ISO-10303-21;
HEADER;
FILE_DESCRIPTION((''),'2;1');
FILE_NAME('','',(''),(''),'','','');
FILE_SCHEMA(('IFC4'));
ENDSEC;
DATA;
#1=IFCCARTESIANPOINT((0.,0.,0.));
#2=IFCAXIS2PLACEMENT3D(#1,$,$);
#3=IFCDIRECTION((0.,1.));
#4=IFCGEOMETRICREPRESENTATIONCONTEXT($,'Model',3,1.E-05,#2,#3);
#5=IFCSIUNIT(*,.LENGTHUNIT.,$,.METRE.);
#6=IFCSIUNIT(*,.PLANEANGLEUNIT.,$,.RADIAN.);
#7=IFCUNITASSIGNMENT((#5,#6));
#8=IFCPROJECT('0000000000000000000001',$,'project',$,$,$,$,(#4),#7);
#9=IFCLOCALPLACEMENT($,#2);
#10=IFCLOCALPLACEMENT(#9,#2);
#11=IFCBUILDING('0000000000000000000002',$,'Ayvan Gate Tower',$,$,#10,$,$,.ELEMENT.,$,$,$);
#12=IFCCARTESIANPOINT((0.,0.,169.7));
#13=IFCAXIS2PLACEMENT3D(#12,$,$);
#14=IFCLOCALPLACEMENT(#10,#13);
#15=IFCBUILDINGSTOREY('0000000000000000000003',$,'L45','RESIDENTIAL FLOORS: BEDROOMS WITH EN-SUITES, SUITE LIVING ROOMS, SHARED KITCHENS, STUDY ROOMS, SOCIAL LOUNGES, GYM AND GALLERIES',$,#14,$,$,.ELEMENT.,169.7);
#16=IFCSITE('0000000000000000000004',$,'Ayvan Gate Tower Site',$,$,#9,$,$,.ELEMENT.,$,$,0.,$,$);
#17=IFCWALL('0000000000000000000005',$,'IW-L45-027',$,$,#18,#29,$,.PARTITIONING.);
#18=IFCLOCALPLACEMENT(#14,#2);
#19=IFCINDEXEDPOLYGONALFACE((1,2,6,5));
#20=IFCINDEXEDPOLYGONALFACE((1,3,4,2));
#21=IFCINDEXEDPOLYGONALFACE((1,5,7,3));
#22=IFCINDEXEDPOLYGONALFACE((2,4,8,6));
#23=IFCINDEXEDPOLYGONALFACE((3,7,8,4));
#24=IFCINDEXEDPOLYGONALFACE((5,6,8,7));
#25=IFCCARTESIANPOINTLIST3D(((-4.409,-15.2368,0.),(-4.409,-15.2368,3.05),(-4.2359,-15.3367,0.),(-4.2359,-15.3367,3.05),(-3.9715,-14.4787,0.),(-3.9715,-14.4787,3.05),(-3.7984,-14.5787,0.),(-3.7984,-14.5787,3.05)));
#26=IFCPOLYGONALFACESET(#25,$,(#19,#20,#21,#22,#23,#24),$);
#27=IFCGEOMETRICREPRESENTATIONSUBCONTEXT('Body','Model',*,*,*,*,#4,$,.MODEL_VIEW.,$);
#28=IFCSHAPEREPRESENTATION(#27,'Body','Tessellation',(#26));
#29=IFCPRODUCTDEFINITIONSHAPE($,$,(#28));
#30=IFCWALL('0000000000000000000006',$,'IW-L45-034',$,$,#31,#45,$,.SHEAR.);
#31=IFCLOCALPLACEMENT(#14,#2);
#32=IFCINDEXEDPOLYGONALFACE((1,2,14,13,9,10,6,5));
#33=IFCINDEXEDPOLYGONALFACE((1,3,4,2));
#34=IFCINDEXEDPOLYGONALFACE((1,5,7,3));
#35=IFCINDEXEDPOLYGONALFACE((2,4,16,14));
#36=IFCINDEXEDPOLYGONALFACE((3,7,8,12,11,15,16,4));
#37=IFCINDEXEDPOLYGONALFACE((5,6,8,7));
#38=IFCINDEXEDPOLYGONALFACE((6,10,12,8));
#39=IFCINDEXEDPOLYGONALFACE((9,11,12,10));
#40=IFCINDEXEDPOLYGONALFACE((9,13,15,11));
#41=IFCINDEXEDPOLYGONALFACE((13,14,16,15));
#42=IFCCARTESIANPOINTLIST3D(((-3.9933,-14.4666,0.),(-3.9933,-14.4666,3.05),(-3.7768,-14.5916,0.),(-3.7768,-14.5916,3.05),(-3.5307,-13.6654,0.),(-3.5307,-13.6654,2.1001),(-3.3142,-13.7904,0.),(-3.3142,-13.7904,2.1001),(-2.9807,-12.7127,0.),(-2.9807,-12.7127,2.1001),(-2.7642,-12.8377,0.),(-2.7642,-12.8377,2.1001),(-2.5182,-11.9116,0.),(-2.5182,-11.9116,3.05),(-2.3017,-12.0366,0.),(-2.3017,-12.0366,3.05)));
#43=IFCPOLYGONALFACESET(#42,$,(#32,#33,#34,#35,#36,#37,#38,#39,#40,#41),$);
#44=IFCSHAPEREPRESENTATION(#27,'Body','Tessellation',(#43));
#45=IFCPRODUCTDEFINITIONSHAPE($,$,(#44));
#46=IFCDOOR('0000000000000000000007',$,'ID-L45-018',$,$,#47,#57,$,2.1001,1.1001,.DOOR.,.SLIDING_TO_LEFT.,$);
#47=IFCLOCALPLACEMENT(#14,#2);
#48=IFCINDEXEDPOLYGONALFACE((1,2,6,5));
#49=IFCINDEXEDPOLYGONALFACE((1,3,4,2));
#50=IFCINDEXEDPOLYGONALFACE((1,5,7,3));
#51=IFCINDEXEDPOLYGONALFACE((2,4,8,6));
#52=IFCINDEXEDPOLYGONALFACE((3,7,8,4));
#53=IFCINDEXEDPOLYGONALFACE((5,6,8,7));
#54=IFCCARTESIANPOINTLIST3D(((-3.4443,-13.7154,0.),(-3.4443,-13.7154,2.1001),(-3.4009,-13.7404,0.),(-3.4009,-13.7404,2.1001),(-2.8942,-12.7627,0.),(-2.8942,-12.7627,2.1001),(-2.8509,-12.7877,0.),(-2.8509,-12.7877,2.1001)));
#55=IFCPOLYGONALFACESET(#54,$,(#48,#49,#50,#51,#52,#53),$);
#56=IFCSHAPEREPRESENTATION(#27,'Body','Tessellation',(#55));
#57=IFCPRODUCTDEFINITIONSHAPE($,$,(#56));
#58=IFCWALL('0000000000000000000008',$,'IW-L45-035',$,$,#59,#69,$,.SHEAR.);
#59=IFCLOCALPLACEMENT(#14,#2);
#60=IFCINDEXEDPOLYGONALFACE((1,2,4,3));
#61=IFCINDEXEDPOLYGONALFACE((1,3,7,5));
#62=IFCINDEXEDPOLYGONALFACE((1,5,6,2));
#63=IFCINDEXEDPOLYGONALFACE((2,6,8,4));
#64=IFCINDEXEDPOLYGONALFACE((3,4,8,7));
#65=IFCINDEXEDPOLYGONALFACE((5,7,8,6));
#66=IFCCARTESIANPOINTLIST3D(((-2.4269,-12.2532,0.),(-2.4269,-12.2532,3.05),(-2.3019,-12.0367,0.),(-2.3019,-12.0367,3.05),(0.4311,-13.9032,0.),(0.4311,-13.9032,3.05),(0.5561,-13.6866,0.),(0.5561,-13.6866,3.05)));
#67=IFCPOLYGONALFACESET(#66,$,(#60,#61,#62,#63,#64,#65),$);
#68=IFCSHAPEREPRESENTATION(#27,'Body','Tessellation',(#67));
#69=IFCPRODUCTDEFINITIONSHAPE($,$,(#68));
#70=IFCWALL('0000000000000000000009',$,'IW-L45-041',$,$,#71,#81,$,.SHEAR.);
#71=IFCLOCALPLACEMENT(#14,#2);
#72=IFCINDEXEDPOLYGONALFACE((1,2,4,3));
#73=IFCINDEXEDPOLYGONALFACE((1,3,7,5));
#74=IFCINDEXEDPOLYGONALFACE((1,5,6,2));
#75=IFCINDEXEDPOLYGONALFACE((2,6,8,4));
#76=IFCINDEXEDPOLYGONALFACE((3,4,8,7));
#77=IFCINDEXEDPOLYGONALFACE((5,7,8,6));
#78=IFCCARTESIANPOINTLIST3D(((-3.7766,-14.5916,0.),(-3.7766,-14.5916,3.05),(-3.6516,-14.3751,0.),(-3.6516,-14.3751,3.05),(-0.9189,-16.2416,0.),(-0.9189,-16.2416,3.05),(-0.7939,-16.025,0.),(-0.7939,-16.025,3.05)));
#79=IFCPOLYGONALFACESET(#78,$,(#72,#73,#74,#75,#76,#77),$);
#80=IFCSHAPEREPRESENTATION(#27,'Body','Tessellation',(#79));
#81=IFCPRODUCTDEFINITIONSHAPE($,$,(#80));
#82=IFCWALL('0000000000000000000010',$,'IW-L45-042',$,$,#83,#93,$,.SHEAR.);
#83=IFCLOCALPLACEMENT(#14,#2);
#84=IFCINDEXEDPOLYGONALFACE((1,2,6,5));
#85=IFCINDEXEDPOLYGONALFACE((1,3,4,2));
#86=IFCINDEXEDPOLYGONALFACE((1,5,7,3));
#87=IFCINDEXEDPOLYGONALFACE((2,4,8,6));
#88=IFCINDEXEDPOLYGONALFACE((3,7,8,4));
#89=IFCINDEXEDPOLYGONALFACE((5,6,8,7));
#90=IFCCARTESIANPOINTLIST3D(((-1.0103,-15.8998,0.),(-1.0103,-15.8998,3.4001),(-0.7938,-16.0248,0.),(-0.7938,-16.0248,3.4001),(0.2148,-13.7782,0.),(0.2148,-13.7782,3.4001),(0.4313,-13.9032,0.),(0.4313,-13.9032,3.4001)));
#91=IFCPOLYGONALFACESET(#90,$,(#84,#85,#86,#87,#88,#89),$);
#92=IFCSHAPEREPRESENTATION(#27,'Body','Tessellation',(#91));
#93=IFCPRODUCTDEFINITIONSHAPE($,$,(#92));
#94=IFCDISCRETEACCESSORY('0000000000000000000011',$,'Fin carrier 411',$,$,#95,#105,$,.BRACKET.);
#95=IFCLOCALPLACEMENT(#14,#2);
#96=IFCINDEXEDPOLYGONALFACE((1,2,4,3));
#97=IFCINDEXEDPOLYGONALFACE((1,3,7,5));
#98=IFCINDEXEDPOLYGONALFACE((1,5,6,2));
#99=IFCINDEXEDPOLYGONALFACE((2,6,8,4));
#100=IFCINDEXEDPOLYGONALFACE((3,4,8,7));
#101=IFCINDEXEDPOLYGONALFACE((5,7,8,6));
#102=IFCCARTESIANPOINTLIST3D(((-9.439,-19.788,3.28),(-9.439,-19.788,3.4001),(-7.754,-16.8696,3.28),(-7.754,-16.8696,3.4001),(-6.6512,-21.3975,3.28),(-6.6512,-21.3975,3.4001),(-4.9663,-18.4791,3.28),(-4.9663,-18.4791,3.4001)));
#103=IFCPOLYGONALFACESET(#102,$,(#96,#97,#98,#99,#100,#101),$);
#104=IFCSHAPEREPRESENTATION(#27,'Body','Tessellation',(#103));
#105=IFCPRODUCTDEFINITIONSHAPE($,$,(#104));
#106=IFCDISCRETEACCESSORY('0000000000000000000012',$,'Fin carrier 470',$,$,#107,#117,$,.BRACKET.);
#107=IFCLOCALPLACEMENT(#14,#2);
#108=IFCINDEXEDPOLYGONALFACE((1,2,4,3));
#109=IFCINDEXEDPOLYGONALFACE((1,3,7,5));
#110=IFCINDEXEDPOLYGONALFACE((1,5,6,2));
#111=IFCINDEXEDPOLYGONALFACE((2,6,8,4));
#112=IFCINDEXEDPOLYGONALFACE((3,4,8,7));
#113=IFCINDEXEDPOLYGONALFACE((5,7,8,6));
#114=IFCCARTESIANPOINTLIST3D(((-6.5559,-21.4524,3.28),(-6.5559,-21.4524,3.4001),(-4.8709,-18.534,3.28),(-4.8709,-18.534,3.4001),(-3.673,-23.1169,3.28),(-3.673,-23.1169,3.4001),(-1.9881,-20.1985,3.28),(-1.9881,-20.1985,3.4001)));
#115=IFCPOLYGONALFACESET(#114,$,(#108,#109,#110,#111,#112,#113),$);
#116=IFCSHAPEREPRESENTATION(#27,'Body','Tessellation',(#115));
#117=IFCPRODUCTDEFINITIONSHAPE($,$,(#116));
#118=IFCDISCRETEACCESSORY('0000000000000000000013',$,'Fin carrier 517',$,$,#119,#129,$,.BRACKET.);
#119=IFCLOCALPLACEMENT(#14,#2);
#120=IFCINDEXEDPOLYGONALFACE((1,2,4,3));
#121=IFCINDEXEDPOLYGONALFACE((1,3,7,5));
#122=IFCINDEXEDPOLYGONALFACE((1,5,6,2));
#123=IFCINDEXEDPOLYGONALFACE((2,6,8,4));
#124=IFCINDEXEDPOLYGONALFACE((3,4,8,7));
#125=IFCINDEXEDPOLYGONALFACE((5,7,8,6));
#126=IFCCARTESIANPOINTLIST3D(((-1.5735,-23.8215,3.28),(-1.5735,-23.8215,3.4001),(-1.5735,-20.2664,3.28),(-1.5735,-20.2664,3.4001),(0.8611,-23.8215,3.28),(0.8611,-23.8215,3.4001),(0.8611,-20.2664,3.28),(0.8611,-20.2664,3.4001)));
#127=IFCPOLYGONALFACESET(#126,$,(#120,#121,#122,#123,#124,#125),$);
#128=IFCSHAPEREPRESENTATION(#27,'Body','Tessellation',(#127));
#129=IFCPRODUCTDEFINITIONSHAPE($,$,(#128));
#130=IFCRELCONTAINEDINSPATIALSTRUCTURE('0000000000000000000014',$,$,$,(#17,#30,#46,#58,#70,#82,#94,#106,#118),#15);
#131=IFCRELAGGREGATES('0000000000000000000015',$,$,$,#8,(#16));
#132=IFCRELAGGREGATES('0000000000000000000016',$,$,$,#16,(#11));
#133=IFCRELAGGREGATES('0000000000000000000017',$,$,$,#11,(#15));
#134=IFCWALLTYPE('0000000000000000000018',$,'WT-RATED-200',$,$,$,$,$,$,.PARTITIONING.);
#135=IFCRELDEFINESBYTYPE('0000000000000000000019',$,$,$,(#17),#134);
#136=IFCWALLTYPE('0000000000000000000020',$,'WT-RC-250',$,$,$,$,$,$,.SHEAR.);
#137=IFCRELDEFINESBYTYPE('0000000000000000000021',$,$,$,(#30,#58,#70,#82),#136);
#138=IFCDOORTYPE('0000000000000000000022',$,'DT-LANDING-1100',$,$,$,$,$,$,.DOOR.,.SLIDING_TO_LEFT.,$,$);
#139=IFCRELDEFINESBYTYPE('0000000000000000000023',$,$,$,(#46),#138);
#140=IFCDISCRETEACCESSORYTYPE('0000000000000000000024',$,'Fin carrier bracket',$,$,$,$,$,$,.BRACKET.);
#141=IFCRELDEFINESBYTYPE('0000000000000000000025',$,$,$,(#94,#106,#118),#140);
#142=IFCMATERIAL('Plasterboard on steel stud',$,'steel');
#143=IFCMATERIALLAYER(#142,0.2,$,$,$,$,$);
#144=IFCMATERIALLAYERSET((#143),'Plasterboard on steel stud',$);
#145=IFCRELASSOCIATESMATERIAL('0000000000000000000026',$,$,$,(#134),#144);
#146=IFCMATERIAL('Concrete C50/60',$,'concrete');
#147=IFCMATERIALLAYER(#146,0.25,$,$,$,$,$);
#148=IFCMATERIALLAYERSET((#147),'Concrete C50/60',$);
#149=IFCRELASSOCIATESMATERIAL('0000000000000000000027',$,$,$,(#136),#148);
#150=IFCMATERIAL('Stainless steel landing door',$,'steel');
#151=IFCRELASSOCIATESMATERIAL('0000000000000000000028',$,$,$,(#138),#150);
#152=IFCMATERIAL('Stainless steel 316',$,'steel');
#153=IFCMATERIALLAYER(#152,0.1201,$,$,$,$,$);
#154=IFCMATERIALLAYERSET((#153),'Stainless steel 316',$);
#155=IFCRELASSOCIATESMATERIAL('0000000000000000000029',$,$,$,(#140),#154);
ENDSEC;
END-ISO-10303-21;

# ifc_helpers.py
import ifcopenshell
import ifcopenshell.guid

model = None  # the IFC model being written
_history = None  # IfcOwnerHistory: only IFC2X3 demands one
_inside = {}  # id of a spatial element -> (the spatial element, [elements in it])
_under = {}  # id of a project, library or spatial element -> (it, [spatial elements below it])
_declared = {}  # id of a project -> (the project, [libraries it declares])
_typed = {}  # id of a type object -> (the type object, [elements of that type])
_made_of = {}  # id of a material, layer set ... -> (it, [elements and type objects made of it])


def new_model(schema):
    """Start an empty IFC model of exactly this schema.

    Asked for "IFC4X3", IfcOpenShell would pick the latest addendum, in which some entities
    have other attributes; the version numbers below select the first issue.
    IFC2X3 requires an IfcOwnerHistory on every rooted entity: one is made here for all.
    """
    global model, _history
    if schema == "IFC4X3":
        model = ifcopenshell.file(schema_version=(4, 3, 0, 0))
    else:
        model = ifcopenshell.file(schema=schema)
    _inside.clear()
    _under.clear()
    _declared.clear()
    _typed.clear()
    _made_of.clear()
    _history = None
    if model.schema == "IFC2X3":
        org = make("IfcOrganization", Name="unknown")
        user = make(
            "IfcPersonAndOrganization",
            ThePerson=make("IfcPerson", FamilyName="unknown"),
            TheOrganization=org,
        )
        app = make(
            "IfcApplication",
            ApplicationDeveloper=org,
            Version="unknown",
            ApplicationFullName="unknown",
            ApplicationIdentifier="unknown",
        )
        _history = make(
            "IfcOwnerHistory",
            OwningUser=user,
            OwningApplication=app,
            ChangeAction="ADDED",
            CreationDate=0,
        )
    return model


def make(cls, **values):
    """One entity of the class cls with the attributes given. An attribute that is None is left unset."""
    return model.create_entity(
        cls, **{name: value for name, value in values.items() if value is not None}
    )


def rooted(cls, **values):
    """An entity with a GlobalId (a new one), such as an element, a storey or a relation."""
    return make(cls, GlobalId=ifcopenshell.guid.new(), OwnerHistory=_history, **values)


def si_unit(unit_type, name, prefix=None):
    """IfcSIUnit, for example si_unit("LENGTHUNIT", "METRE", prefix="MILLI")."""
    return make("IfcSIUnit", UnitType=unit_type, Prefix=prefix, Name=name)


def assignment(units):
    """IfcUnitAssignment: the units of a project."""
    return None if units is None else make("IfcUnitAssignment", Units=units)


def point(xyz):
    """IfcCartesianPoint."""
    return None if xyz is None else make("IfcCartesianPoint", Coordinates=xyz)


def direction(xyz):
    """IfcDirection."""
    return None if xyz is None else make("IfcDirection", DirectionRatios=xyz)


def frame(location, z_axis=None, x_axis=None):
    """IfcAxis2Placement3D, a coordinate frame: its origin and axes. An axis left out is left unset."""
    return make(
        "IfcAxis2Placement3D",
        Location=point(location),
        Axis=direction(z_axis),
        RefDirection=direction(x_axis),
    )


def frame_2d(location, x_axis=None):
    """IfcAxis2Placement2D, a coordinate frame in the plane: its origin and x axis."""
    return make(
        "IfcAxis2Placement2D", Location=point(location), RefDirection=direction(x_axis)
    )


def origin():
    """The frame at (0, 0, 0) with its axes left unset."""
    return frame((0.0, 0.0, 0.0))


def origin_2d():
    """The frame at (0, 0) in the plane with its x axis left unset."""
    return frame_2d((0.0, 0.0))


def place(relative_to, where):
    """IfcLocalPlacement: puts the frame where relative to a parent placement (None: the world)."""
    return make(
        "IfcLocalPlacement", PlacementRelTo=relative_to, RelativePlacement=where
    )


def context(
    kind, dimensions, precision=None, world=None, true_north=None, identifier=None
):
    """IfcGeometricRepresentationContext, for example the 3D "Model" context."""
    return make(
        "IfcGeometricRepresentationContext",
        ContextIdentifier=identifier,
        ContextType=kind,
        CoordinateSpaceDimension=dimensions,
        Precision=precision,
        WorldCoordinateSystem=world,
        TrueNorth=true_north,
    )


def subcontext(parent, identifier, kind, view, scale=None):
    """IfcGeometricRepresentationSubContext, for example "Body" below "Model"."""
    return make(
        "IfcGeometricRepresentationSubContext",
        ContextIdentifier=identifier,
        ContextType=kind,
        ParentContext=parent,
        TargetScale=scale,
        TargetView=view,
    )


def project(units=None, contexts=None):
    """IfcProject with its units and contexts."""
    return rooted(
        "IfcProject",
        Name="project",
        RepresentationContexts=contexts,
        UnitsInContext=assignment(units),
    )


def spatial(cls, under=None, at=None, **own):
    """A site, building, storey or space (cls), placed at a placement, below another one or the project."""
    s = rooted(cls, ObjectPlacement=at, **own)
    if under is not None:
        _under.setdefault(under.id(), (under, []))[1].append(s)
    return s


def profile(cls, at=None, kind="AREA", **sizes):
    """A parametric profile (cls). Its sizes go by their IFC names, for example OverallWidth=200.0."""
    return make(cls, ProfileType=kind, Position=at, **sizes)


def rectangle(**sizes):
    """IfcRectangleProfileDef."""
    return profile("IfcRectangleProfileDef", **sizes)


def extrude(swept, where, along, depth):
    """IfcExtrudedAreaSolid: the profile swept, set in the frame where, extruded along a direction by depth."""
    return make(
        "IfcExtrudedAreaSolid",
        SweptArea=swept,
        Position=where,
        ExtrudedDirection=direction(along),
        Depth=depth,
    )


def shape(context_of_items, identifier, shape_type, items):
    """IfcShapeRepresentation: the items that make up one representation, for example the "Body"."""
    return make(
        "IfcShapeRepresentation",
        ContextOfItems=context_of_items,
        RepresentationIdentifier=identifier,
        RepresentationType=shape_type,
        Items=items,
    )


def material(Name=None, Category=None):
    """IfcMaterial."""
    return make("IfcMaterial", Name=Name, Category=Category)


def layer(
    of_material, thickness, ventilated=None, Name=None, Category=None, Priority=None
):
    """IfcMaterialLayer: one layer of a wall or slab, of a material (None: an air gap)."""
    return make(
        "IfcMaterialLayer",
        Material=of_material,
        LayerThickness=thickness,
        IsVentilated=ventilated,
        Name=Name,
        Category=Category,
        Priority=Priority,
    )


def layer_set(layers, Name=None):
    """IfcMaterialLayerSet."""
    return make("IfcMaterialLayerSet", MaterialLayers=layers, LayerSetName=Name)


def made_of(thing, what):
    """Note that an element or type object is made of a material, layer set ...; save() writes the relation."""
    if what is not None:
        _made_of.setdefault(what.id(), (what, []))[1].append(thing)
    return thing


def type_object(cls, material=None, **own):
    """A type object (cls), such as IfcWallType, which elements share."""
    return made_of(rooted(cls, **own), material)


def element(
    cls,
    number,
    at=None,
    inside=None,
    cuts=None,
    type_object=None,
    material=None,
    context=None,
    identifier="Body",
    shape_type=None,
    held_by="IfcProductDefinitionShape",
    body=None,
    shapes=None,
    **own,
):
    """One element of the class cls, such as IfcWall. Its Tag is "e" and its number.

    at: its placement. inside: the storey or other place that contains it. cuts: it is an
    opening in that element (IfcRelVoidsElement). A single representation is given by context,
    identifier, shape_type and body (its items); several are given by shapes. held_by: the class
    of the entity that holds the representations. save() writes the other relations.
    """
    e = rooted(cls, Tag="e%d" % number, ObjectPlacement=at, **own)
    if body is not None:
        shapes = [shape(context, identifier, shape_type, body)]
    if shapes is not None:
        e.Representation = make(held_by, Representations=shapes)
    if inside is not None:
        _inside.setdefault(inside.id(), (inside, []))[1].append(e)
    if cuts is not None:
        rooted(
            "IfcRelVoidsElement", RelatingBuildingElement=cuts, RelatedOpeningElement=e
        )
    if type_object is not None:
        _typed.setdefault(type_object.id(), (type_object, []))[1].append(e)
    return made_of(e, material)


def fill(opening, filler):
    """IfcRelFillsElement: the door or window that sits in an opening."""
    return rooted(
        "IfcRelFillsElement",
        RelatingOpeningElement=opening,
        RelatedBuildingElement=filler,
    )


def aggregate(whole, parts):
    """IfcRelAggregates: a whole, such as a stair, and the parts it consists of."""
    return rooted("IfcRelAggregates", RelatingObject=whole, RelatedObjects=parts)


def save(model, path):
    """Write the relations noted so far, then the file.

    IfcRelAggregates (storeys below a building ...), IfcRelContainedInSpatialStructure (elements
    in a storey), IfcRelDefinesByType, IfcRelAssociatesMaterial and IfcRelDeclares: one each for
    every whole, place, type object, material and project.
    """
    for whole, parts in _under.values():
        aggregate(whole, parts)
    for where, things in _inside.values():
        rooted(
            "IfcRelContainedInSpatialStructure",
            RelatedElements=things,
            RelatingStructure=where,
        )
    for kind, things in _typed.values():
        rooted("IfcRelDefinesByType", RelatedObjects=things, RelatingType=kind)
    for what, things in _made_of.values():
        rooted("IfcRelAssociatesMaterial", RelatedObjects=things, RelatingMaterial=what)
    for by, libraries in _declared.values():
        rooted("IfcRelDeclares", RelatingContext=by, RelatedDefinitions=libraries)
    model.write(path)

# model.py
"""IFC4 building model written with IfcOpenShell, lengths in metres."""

from ifc_helpers import new_model, si_unit, direction, frame, frame_2d, origin, origin_2d, place, context, subcontext, project, spatial, rectangle, extrude, material, layer, layer_set, type_object, element, fill, save


model = new_model("IFC4")

# Units and contexts
model_context = context("Model", 3, precision=1e-05, world=origin(), true_north=direction((0.0, 1.0)))
body_context = subcontext(model_context, "Body", "Model", "MODEL_VIEW")
ifc_project = project(units=[si_unit("LENGTHUNIT", "METRE"), si_unit("PLANEANGLEUNIT", "RADIAN")], contexts=[model_context])

# Site, building, storey
site_placement = place(None, origin())
site = spatial("IfcSite", under=ifc_project, at=site_placement, Name="Ayvan Gate Tower Site", CompositionType="ELEMENT", RefElevation=0.0)
building_placement = place(site_placement, origin())
building = spatial("IfcBuilding", under=site, at=building_placement, Name="Ayvan Gate Tower", CompositionType="ELEMENT")
storey_placement = place(building_placement, frame((0.0, 0.0, 169.7)))
storey = spatial("IfcBuildingStorey", under=building, at=storey_placement, Name="L45", Description="RESIDENTIAL FLOORS: BEDROOMS WITH EN-SUITES, SUITE LIVING ROOMS, SHARED KITCHENS, STUDY ROOMS, SOCIAL LOUNGES, GYM AND GALLERIES", CompositionType="ELEMENT", Elevation=169.7)

# Wall
ifc_material_1 = material(Name="Plasterboard on steel stud", Category="steel")
ifc_layer_1 = layer(ifc_material_1, 0.2)
ifc_layer_set_1 = layer_set([ifc_layer_1], Name="Plasterboard on steel stud")
wall_type_1 = type_object("IfcWallType", Name="WT-RATED-200", PredefinedType="PARTITIONING", material=ifc_layer_set_1)
wall_1_placement = place(storey_placement, frame((-3.885, -14.5288, 0.0), z_axis=(0.0, 0.0, 1.0), x_axis=(-0.499859, -0.866107, 0.0)))
element("IfcWall", 1, at=wall_1_placement, inside=storey, type_object=wall_type_1, Name="IW-L45-027", PredefinedType="PARTITIONING", context=body_context, shape_type="SweptSolid", body=[
    extrude(rectangle(XDim=0.8752, YDim=0.2, at=frame_2d((0.4375, 0.0))), origin(), (0.0, 0.0, 1.0), 3.05),
])

# Wall, opening, door
ifc_material_2 = material(Name="Concrete C50/60", Category="concrete")
ifc_layer_2 = layer(ifc_material_2, 0.25)
ifc_layer_set_2 = layer_set([ifc_layer_2], Name="Concrete C50/60")
wall_type_2 = type_object("IfcWallType", Name="WT-RC-250", PredefinedType="SHEAR", material=ifc_layer_set_2)
wall_2_placement = place(storey_placement, frame((-2.4099, -11.9741, 0.0), z_axis=(0.0, 0.0, 1.0), x_axis=(-0.500002, -0.866024, 0.0)))
wall_2 = element("IfcWall", 2, at=wall_2_placement, inside=storey, type_object=wall_type_2, Name="IW-L45-034", PredefinedType="SHEAR", context=body_context, shape_type="SweptSolid", body=[
    extrude(rectangle(XDim=2.9502, YDim=0.25, at=frame_2d((1.4751, 0.0))), origin(), (0.0, 0.0, 1.0), 3.05),
])
opening_placement = place(wall_2_placement, frame((0.925, 0.0, 0.0)))
opening = element("IfcOpeningElement", 3, at=opening_placement, cuts=wall_2, PredefinedType="OPENING", context=body_context, shape_type="SweptSolid", body=[
    extrude(rectangle(XDim=1.1001, YDim=2.1001, at=frame_2d((0.55, 1.05))), frame((0.0, 0.135, 0.0), z_axis=(0.0, -1.0, 0.0), x_axis=(1.0, 0.0, 0.0)), (0.0, 0.0, 1.0), 0.27),
])
ifc_material_3 = material(Name="Stainless steel landing door", Category="steel")
door_type = type_object("IfcDoorType", Name="DT-LANDING-1100", OperationType="SLIDING_TO_LEFT", PredefinedType="DOOR", material=ifc_material_3)
door_placement = place(opening_placement, origin())
door = element("IfcDoor", 4, at=door_placement, inside=storey, type_object=door_type, Name="ID-L45-018", OperationType="SLIDING_TO_LEFT", OverallHeight=2.1001, OverallWidth=1.1001, PredefinedType="DOOR", context=body_context, shape_type="SweptSolid", body=[
    extrude(rectangle(XDim=1.1001, YDim=2.1001, at=frame_2d((0.55, 1.05))), frame((0.0, 0.0249, 0.0), z_axis=(0.0, -1.0, 0.0), x_axis=(1.0, 0.0, 0.0)), (0.0, 0.0, 1.0), 0.05),
])
fill(opening, door)

# Walls
wall_3_placement = place(storey_placement, frame((-2.3643, -12.145, 0.0), z_axis=(0.0, 0.0, 1.0), x_axis=(0.86604, -0.499974, 0.0)))
element("IfcWall", 5, at=wall_3_placement, inside=storey, type_object=wall_type_2, Name="IW-L45-035", PredefinedType="SHEAR", context=body_context, shape_type="SweptSolid", body=[
    extrude(rectangle(XDim=3.3, YDim=0.25, at=frame_2d((1.6499, 0.0))), origin(), (0.0, 0.0, 1.0), 3.05),
])
wall_4_placement = place(storey_placement, frame((-0.8564, -16.1333, 0.0), z_axis=(0.0, 0.0, 1.0), x_axis=(-0.866022, 0.500006, 0.0)))
element("IfcWall", 6, at=wall_4_placement, inside=storey, type_object=wall_type_2, Name="IW-L45-041", PredefinedType="SHEAR", context=body_context, shape_type="SweptSolid", body=[
    extrude(rectangle(XDim=3.2998, YDim=0.25, at=frame_2d((1.6499, 0.0))), origin(), (0.0, 0.0, 1.0), 3.05),
])
wall_5_placement = place(storey_placement, frame((-0.9021, -15.9624, 0.0), z_axis=(0.0, 0.0, 1.0), x_axis=(0.500062, 0.86599, 0.0)))
element("IfcWall", 7, at=wall_5_placement, inside=storey, type_object=wall_type_2, Name="IW-L45-042", PredefinedType="SHEAR", context=body_context, shape_type="SweptSolid", body=[
    extrude(rectangle(XDim=2.45, YDim=0.25, at=frame_2d((1.2251, 0.0))), origin(), (0.0, 0.0, 1.0), 3.4001),
])

# Discrete accessories
ifc_material_4 = material(Name="Stainless steel 316", Category="steel")
ifc_layer_3 = layer(ifc_material_4, 0.1201)
ifc_layer_set_3 = layer_set([ifc_layer_3], Name="Stainless steel 316")
discrete_accessory_type = type_object("IfcDiscreteAccessoryType", Name="Fin carrier bracket", PredefinedType="BRACKET", material=ifc_layer_set_3)
discrete_accessory_1_placement = place(storey_placement, frame((-7.2026, -19.1335, 3.28), z_axis=(0.0, 0.0, 1.0), x_axis=(0.866025, -0.5, 0.0)))
element("IfcDiscreteAccessory", 8, at=discrete_accessory_1_placement, inside=storey, type_object=discrete_accessory_type, Name="Fin carrier 411", PredefinedType="BRACKET", context=body_context, shape_type="SweptSolid", body=[
    extrude(rectangle(XDim=3.219, YDim=3.3699, at=origin_2d()), origin(), (0.0, 0.0, 1.0), 0.1201),
])
discrete_accessory_2_placement = place(storey_placement, frame((-4.272, -20.8254, 3.28), z_axis=(0.0, 0.0, 1.0), x_axis=(0.866025, -0.5, 0.0)))
element("IfcDiscreteAccessory", 9, at=discrete_accessory_2_placement, inside=storey, type_object=discrete_accessory_type, Name="Fin carrier 470", PredefinedType="BRACKET", context=body_context, shape_type="SweptSolid", body=[
    extrude(rectangle(XDim=3.3289, YDim=3.3699, at=origin_2d()), origin(), (0.0, 0.0, 1.0), 0.1201),
])
discrete_accessory_3_placement = place(storey_placement, frame((-0.3562, -22.0439, 3.28), z_axis=(0.0, 0.0, 1.0), x_axis=(1.0, 0.0, 0.0)))
element("IfcDiscreteAccessory", 10, at=discrete_accessory_3_placement, inside=storey, type_object=discrete_accessory_type, Name="Fin carrier 517", PredefinedType="BRACKET", context=body_context, shape_type="SweptSolid", body=[
    extrude(rectangle(XDim=2.4346, YDim=3.5552, at=origin_2d()), origin(), (0.0, 0.0, 1.0), 0.1201),
])

save(model, "model.ifc")
